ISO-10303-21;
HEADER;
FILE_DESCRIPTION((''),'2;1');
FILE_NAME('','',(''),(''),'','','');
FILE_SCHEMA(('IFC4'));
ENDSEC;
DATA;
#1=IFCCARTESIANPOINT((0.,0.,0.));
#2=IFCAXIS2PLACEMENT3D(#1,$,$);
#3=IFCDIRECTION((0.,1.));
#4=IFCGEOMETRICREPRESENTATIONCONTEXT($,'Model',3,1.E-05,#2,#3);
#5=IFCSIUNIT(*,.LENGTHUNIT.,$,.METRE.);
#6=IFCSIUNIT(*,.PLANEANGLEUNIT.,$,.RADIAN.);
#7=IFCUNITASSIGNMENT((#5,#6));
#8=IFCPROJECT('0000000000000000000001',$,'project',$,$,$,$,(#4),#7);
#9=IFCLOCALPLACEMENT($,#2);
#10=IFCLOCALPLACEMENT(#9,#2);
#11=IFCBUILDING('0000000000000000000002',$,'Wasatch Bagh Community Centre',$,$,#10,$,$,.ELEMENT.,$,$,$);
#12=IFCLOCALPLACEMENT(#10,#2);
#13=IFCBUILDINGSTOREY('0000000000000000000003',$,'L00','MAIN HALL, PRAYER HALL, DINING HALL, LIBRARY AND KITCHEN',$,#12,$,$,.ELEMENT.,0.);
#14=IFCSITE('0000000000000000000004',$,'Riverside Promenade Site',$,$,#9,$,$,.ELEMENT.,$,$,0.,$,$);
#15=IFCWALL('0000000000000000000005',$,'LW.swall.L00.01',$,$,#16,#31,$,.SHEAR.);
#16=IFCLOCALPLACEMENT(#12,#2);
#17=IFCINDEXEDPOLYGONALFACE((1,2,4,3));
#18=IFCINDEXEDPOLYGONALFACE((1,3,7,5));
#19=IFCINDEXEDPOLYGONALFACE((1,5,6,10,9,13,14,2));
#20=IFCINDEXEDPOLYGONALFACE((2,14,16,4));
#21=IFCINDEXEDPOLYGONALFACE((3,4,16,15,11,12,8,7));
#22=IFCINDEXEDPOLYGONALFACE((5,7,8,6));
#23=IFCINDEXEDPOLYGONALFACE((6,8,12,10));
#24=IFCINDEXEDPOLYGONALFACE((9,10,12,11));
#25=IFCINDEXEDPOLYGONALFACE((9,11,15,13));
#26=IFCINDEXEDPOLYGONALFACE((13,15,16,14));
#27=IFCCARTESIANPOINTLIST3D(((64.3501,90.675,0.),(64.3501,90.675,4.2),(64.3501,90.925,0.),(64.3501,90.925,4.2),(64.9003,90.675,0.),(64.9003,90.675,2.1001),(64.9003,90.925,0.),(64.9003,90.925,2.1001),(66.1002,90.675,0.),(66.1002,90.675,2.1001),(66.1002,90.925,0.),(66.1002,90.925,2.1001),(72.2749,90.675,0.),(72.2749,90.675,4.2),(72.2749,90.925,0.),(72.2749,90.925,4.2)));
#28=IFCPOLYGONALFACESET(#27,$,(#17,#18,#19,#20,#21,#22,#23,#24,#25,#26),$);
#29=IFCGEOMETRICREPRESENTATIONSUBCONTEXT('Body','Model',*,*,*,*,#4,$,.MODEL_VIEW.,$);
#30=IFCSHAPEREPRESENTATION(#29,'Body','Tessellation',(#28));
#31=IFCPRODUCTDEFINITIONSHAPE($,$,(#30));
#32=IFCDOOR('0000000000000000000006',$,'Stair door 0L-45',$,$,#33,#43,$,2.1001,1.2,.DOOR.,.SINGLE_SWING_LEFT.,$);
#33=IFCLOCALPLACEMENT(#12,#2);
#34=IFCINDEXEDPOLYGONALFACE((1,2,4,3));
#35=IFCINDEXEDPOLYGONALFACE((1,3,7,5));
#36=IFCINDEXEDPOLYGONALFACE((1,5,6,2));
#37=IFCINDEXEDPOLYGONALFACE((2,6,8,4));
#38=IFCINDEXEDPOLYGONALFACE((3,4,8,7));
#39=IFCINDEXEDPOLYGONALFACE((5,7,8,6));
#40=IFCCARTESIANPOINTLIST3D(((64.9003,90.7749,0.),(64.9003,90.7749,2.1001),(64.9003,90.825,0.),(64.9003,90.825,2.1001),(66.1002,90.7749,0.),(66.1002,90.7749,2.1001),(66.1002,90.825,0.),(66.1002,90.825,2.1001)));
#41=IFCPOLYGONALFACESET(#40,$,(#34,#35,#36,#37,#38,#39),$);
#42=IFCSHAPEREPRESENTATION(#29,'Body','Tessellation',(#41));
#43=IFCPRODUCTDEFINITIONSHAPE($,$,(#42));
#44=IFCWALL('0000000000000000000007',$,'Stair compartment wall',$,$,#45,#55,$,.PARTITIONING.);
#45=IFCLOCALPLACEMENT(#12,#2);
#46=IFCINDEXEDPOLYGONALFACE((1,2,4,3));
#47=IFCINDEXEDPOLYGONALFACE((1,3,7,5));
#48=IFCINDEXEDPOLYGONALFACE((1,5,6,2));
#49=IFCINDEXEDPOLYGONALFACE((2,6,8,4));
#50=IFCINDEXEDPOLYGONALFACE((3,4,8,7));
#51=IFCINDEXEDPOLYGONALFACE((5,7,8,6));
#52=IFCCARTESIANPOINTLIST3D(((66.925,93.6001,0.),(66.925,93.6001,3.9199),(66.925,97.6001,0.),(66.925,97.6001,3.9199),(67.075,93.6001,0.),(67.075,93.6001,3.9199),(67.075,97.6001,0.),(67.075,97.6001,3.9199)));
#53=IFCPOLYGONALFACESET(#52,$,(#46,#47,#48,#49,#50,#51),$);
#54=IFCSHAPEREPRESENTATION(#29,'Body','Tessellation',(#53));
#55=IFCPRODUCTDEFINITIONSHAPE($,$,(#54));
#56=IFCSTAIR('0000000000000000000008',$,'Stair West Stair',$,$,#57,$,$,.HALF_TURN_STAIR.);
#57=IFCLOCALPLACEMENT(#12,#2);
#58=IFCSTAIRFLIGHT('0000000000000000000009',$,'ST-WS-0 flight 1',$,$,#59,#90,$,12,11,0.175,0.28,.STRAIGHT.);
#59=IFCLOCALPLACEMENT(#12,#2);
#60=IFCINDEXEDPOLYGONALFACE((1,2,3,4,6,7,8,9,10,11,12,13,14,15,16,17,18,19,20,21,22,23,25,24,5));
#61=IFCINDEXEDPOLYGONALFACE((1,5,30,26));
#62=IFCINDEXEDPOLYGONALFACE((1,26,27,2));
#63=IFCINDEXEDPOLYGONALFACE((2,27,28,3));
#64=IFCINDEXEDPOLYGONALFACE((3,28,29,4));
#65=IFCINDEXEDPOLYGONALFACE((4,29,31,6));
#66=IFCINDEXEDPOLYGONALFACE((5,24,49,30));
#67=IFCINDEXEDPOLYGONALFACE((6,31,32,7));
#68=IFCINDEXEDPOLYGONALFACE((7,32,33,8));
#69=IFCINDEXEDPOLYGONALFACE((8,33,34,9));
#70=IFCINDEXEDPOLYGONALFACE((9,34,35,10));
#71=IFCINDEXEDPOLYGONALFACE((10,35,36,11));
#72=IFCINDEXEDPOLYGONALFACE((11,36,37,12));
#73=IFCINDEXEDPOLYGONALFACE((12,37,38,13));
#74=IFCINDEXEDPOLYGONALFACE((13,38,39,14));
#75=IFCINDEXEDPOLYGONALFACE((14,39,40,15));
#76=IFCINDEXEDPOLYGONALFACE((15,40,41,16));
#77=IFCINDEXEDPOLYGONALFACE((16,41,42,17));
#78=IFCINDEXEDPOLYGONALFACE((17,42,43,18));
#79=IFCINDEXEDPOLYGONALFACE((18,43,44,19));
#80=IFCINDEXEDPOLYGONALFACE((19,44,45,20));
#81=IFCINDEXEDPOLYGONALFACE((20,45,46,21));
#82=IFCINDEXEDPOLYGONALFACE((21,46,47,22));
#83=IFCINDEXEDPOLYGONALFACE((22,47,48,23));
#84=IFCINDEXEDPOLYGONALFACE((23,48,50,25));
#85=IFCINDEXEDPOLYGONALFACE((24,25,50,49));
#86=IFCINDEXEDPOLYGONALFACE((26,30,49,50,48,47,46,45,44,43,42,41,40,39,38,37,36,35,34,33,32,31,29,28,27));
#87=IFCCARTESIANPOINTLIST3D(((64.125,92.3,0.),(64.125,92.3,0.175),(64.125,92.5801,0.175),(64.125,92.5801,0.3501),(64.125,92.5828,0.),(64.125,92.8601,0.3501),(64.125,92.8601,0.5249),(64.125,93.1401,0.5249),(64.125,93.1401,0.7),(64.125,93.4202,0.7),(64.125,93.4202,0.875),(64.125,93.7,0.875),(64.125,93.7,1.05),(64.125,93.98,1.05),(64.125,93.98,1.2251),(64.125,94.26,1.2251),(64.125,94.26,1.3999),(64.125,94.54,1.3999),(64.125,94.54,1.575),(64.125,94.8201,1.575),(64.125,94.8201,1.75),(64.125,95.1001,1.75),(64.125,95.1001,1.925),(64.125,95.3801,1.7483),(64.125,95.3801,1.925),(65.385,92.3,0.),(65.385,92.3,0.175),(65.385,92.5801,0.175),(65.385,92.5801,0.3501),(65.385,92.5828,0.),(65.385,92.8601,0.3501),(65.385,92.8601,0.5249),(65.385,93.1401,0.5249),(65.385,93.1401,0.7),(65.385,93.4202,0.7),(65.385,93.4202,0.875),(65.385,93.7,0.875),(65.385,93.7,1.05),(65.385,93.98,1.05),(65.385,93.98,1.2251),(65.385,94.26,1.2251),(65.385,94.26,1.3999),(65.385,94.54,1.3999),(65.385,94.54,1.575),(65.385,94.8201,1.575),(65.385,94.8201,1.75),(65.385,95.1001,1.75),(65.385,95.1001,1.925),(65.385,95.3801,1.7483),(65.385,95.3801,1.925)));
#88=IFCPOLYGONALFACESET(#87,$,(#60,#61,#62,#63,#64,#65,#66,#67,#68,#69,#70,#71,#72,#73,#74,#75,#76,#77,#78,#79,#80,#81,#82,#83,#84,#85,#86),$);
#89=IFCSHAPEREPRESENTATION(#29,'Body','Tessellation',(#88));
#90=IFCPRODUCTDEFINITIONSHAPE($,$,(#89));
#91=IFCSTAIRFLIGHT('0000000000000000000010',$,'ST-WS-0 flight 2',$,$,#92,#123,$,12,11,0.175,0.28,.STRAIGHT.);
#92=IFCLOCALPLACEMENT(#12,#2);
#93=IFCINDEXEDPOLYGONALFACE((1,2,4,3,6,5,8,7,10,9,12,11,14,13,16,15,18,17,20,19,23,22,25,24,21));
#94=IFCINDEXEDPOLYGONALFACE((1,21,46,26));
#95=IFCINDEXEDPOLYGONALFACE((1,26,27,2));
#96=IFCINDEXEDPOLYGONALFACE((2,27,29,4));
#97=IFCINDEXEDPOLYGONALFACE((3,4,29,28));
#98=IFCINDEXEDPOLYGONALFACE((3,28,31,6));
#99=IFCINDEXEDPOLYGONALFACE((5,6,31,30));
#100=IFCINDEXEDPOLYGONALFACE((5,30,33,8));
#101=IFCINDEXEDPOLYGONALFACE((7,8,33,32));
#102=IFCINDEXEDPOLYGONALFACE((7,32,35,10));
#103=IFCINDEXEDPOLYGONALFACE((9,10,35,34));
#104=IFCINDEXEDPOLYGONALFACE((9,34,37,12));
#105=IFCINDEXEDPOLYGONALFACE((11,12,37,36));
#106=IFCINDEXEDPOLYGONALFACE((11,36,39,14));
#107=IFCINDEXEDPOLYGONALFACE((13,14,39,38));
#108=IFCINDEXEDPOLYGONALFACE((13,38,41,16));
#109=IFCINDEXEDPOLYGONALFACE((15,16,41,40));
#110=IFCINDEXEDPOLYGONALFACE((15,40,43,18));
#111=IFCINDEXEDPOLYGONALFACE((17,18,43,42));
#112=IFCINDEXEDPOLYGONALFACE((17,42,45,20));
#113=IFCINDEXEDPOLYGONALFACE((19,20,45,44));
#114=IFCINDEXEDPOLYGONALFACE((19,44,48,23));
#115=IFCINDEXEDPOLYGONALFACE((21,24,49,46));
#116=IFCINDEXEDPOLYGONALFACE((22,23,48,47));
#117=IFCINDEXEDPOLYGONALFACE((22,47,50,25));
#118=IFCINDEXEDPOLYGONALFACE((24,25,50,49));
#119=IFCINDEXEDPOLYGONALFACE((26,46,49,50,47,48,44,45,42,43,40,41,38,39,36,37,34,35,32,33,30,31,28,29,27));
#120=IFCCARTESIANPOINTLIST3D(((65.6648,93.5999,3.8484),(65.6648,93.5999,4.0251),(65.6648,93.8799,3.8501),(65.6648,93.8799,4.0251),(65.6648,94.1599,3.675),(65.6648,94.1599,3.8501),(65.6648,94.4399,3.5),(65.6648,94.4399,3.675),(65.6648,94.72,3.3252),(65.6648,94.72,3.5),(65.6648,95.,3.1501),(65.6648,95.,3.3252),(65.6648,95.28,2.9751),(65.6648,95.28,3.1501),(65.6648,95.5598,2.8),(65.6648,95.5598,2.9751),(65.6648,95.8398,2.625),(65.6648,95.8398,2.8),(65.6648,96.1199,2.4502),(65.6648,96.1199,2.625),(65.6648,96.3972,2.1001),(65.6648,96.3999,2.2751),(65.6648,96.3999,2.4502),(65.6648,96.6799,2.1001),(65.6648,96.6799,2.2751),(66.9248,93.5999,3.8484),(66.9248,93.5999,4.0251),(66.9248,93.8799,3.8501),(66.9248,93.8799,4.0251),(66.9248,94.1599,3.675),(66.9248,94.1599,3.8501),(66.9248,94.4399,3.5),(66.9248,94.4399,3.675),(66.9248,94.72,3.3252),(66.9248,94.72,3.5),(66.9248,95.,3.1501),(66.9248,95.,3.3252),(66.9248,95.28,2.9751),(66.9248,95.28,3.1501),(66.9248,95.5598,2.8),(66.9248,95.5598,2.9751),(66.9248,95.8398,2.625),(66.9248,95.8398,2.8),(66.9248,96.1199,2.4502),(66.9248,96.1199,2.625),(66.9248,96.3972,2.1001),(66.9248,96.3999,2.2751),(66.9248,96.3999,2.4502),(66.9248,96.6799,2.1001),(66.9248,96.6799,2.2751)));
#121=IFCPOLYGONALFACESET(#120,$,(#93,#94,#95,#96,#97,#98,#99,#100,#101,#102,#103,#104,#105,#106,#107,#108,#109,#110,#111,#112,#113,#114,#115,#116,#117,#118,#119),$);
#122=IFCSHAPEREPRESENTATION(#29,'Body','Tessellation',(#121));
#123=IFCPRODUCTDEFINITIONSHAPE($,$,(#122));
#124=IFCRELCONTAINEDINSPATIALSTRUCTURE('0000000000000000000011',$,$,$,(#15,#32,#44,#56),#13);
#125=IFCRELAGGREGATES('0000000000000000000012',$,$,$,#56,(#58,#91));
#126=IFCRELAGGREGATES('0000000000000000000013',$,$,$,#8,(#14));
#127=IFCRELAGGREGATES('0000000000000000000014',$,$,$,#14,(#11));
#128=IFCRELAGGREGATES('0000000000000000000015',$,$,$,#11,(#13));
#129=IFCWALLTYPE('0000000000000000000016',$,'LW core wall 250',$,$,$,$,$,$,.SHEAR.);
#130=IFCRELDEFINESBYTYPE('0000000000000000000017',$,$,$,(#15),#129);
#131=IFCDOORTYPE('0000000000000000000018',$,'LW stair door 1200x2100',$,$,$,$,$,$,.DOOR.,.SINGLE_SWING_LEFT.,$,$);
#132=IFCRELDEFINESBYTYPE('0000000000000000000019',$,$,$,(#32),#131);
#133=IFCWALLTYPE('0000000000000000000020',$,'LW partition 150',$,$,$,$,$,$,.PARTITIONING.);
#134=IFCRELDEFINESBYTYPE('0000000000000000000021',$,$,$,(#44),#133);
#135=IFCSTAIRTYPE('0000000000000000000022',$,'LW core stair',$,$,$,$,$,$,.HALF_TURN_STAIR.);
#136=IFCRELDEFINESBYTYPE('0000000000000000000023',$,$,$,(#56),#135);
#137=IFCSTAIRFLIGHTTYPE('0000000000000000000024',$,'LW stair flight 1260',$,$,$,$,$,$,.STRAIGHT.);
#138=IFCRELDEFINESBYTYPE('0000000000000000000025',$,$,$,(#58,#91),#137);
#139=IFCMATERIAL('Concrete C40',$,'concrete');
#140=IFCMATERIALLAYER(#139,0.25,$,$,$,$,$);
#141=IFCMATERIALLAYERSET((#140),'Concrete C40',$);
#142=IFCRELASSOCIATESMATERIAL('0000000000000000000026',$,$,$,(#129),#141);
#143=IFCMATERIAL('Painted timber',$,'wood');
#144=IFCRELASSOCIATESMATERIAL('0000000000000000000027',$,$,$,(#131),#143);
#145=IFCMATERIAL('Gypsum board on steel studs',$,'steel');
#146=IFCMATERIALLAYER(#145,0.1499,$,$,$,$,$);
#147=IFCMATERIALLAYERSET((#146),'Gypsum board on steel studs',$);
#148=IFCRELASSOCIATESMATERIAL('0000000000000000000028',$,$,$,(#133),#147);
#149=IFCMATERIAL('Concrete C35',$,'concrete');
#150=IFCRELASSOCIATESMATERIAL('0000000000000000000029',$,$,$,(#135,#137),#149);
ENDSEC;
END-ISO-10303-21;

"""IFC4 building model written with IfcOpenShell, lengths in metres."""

from ifc_helpers import new_model, si_unit, direction, frame, frame_2d, origin, place, context, subcontext, project, spatial, polyline, rectangle, outline, extrude, material, layer, layer_set, type_object, element, fill, aggregate, save


model = new_model("IFC4")

# Units and contexts
model_context = context("Model", 3, precision=1e-05, world=origin(), true_north=direction((0.0, 1.0)))
body_context = subcontext(model_context, "Body", "Model", "MODEL_VIEW")
ifc_project = project(units=[si_unit("LENGTHUNIT", "METRE"), si_unit("PLANEANGLEUNIT", "RADIAN")], contexts=[model_context])

# Site, building, storey
site_placement = place(None, origin())
site = spatial("IfcSite", under=ifc_project, at=site_placement, Name="Riverside Promenade Site", CompositionType="ELEMENT", RefElevation=0.0)
building_placement = place(site_placement, origin())
building = spatial("IfcBuilding", under=site, at=building_placement, Name="Wasatch Bagh Community Centre", CompositionType="ELEMENT")
storey_placement = place(building_placement, origin())
storey = spatial("IfcBuildingStorey", under=building, at=storey_placement, Name="L00", Description="MAIN HALL, PRAYER HALL, DINING HALL, LIBRARY AND KITCHEN", CompositionType="ELEMENT", Elevation=0.0)

# Shared definitions
ifc_material_1 = material(Name="Concrete C35", Category="concrete")

# Wall, opening, door
ifc_material_2 = material(Name="Concrete C40", Category="concrete")
ifc_layer_1 = layer(ifc_material_2, 0.25)
ifc_layer_set_1 = layer_set([ifc_layer_1], Name="Concrete C40")
wall_type_1 = type_object("IfcWallType", Name="LW core wall 250", PredefinedType="SHEAR", material=ifc_layer_set_1)
wall_1_placement = place(storey_placement, frame((64.3501, 90.8, 0.0), z_axis=(0.0, 0.0, 1.0), x_axis=(1.0, 0.0, 0.0)))
wall_1 = element("IfcWall", 1, at=wall_1_placement, inside=storey, type_object=wall_type_1, Name="LW.swall.L00.01", PredefinedType="SHEAR", context=body_context, shape_type="SweptSolid", body=[
    extrude(rectangle(XDim=7.9248, YDim=0.25, at=frame_2d((3.9624, 0.0))), origin(), (0.0, 0.0, 1.0), 4.2),
])
opening_placement = place(wall_1_placement, frame((0.55, 0.0, 0.0)))
opening = element("IfcOpeningElement", 2, at=opening_placement, cuts=wall_1, PredefinedType="OPENING", context=body_context, shape_type="SweptSolid", body=[
    extrude(rectangle(XDim=1.2, YDim=2.1001, at=frame_2d((0.6001, 1.05))), frame((0.0, 0.135, 0.0), z_axis=(0.0, -1.0, 0.0), x_axis=(1.0, 0.0, 0.0)), (0.0, 0.0, 1.0), 0.27),
])
ifc_material_3 = material(Name="Painted timber", Category="wood")
door_type = type_object("IfcDoorType", Name="LW stair door 1200x2100", OperationType="SINGLE_SWING_LEFT", PredefinedType="DOOR", material=ifc_material_3)
door_placement = place(opening_placement, origin())
door = element("IfcDoor", 3, at=door_placement, inside=storey, type_object=door_type, Name="Stair door 0L-45", OperationType="SINGLE_SWING_LEFT", OverallHeight=2.1001, OverallWidth=1.2, PredefinedType="DOOR", context=body_context, shape_type="SweptSolid", body=[
    extrude(rectangle(XDim=1.2, YDim=2.1001, at=frame_2d((0.6001, 1.05))), frame((0.0, 0.0249, 0.0), z_axis=(0.0, -1.0, 0.0), x_axis=(1.0, 0.0, 0.0)), (0.0, 0.0, 1.0), 0.05),
])
fill(opening, door)

# Wall
ifc_material_4 = material(Name="Gypsum board on steel studs", Category="steel")
ifc_layer_2 = layer(ifc_material_4, 0.1499)
ifc_layer_set_2 = layer_set([ifc_layer_2], Name="Gypsum board on steel studs")
wall_type_2 = type_object("IfcWallType", Name="LW partition 150", PredefinedType="PARTITIONING", material=ifc_layer_set_2)
wall_2_placement = place(storey_placement, frame((67.0, 93.6001, 0.0), z_axis=(0.0, 0.0, 1.0), x_axis=(0.0, 1.0, 0.0)))
element("IfcWall", 4, at=wall_2_placement, inside=storey, type_object=wall_type_2, Name="Stair compartment wall", PredefinedType="PARTITIONING", context=body_context, shape_type="SweptSolid", body=[
    extrude(rectangle(XDim=4.0, YDim=0.1499, at=frame_2d((2.0, 0.0))), origin(), (0.0, 0.0, 1.0), 3.9199),
])

# Stair, stair flights
stair_type = type_object("IfcStairType", Name="LW core stair", PredefinedType="HALF_TURN_STAIR", material=ifc_material_1)
stair_placement = place(storey_placement, origin())
stair = element("IfcStair", 5, at=stair_placement, inside=storey, type_object=stair_type, Name="Stair West Stair", PredefinedType="HALF_TURN_STAIR")
stair_flight_type = type_object("IfcStairFlightType", Name="LW stair flight 1260", PredefinedType="STRAIGHT", material=ifc_material_1)
stair_flight_1_placement = place(storey_placement, frame((64.7549, 92.3, 0.0), z_axis=(0.0, 0.0, 1.0), x_axis=(0.0, 1.0, 0.0)))
stair_flight_1 = element("IfcStairFlight", 6, at=stair_flight_1_placement, type_object=stair_flight_type, Name="ST-WS-0 flight 1", NumberOfRisers=12, NumberOfTreads=11, PredefinedType="STRAIGHT", RiserHeight=0.175, TreadLength=0.28, context=body_context, shape_type="SweptSolid", body=[
    extrude(outline(polyline([(0.0, 0.0), (0.0, 0.175), (0.28, 0.175), (0.28, 0.3501), (0.5601, 0.3501), (0.5601, 0.5249), (0.8401, 0.5249), (0.8401, 0.7), (1.1201, 0.7), (1.1201, 0.875), (1.3999, 0.875), (1.3999, 1.05), (1.6799, 1.05), (1.6799, 1.2251), (1.96, 1.2251), (1.96, 1.3999), (2.24, 1.3999), (2.24, 1.575), (2.52, 1.575), (2.52, 1.75), (2.8, 1.75), (2.8, 1.925), (3.0801, 1.925), (3.0801, 2.1001), (3.0801, 1.7483), (0.2827, 0.0), (0.0, 0.0)])), frame((0.0, 0.6299, 0.0), z_axis=(0.0, -1.0, 0.0), x_axis=(1.0, 0.0, 0.0)), (0.0, 0.0, 1.0), 1.26),
])
stair_flight_2_placement = place(storey_placement, frame((66.2949, 96.6799, 2.1001), z_axis=(0.0, 0.0, 1.0), x_axis=(0.0, -1.0, 0.0)))
stair_flight_2 = element("IfcStairFlight", 7, at=stair_flight_2_placement, type_object=stair_flight_type, Name="ST-WS-0 flight 2", NumberOfRisers=12, NumberOfTreads=11, PredefinedType="STRAIGHT", RiserHeight=0.175, TreadLength=0.28, context=body_context, shape_type="SweptSolid", body=[
    extrude(outline(polyline([(0.0, 0.0), (0.0, 0.175), (0.28, 0.175), (0.28, 0.3501), (0.5601, 0.3501), (0.5601, 0.5249), (0.8401, 0.5249), (0.8401, 0.7), (1.1201, 0.7), (1.1201, 0.875), (1.3999, 0.875), (1.3999, 1.05), (1.6799, 1.05), (1.6799, 1.2251), (1.96, 1.2251), (1.96, 1.3999), (2.24, 1.3999), (2.24, 1.575), (2.52, 1.575), (2.52, 1.75), (2.8, 1.75), (2.8, 1.925), (3.0801, 1.925), (3.0801, 2.1001), (3.0801, 1.7483), (0.2827, 0.0), (0.0, 0.0)])), frame((0.0, 0.6299, 0.0), z_axis=(0.0, -1.0, 0.0), x_axis=(1.0, 0.0, 0.0)), (0.0, 0.0, 1.0), 1.26),
])
aggregate(stair, [stair_flight_1, stair_flight_2])

save(model, "model.ifc")
